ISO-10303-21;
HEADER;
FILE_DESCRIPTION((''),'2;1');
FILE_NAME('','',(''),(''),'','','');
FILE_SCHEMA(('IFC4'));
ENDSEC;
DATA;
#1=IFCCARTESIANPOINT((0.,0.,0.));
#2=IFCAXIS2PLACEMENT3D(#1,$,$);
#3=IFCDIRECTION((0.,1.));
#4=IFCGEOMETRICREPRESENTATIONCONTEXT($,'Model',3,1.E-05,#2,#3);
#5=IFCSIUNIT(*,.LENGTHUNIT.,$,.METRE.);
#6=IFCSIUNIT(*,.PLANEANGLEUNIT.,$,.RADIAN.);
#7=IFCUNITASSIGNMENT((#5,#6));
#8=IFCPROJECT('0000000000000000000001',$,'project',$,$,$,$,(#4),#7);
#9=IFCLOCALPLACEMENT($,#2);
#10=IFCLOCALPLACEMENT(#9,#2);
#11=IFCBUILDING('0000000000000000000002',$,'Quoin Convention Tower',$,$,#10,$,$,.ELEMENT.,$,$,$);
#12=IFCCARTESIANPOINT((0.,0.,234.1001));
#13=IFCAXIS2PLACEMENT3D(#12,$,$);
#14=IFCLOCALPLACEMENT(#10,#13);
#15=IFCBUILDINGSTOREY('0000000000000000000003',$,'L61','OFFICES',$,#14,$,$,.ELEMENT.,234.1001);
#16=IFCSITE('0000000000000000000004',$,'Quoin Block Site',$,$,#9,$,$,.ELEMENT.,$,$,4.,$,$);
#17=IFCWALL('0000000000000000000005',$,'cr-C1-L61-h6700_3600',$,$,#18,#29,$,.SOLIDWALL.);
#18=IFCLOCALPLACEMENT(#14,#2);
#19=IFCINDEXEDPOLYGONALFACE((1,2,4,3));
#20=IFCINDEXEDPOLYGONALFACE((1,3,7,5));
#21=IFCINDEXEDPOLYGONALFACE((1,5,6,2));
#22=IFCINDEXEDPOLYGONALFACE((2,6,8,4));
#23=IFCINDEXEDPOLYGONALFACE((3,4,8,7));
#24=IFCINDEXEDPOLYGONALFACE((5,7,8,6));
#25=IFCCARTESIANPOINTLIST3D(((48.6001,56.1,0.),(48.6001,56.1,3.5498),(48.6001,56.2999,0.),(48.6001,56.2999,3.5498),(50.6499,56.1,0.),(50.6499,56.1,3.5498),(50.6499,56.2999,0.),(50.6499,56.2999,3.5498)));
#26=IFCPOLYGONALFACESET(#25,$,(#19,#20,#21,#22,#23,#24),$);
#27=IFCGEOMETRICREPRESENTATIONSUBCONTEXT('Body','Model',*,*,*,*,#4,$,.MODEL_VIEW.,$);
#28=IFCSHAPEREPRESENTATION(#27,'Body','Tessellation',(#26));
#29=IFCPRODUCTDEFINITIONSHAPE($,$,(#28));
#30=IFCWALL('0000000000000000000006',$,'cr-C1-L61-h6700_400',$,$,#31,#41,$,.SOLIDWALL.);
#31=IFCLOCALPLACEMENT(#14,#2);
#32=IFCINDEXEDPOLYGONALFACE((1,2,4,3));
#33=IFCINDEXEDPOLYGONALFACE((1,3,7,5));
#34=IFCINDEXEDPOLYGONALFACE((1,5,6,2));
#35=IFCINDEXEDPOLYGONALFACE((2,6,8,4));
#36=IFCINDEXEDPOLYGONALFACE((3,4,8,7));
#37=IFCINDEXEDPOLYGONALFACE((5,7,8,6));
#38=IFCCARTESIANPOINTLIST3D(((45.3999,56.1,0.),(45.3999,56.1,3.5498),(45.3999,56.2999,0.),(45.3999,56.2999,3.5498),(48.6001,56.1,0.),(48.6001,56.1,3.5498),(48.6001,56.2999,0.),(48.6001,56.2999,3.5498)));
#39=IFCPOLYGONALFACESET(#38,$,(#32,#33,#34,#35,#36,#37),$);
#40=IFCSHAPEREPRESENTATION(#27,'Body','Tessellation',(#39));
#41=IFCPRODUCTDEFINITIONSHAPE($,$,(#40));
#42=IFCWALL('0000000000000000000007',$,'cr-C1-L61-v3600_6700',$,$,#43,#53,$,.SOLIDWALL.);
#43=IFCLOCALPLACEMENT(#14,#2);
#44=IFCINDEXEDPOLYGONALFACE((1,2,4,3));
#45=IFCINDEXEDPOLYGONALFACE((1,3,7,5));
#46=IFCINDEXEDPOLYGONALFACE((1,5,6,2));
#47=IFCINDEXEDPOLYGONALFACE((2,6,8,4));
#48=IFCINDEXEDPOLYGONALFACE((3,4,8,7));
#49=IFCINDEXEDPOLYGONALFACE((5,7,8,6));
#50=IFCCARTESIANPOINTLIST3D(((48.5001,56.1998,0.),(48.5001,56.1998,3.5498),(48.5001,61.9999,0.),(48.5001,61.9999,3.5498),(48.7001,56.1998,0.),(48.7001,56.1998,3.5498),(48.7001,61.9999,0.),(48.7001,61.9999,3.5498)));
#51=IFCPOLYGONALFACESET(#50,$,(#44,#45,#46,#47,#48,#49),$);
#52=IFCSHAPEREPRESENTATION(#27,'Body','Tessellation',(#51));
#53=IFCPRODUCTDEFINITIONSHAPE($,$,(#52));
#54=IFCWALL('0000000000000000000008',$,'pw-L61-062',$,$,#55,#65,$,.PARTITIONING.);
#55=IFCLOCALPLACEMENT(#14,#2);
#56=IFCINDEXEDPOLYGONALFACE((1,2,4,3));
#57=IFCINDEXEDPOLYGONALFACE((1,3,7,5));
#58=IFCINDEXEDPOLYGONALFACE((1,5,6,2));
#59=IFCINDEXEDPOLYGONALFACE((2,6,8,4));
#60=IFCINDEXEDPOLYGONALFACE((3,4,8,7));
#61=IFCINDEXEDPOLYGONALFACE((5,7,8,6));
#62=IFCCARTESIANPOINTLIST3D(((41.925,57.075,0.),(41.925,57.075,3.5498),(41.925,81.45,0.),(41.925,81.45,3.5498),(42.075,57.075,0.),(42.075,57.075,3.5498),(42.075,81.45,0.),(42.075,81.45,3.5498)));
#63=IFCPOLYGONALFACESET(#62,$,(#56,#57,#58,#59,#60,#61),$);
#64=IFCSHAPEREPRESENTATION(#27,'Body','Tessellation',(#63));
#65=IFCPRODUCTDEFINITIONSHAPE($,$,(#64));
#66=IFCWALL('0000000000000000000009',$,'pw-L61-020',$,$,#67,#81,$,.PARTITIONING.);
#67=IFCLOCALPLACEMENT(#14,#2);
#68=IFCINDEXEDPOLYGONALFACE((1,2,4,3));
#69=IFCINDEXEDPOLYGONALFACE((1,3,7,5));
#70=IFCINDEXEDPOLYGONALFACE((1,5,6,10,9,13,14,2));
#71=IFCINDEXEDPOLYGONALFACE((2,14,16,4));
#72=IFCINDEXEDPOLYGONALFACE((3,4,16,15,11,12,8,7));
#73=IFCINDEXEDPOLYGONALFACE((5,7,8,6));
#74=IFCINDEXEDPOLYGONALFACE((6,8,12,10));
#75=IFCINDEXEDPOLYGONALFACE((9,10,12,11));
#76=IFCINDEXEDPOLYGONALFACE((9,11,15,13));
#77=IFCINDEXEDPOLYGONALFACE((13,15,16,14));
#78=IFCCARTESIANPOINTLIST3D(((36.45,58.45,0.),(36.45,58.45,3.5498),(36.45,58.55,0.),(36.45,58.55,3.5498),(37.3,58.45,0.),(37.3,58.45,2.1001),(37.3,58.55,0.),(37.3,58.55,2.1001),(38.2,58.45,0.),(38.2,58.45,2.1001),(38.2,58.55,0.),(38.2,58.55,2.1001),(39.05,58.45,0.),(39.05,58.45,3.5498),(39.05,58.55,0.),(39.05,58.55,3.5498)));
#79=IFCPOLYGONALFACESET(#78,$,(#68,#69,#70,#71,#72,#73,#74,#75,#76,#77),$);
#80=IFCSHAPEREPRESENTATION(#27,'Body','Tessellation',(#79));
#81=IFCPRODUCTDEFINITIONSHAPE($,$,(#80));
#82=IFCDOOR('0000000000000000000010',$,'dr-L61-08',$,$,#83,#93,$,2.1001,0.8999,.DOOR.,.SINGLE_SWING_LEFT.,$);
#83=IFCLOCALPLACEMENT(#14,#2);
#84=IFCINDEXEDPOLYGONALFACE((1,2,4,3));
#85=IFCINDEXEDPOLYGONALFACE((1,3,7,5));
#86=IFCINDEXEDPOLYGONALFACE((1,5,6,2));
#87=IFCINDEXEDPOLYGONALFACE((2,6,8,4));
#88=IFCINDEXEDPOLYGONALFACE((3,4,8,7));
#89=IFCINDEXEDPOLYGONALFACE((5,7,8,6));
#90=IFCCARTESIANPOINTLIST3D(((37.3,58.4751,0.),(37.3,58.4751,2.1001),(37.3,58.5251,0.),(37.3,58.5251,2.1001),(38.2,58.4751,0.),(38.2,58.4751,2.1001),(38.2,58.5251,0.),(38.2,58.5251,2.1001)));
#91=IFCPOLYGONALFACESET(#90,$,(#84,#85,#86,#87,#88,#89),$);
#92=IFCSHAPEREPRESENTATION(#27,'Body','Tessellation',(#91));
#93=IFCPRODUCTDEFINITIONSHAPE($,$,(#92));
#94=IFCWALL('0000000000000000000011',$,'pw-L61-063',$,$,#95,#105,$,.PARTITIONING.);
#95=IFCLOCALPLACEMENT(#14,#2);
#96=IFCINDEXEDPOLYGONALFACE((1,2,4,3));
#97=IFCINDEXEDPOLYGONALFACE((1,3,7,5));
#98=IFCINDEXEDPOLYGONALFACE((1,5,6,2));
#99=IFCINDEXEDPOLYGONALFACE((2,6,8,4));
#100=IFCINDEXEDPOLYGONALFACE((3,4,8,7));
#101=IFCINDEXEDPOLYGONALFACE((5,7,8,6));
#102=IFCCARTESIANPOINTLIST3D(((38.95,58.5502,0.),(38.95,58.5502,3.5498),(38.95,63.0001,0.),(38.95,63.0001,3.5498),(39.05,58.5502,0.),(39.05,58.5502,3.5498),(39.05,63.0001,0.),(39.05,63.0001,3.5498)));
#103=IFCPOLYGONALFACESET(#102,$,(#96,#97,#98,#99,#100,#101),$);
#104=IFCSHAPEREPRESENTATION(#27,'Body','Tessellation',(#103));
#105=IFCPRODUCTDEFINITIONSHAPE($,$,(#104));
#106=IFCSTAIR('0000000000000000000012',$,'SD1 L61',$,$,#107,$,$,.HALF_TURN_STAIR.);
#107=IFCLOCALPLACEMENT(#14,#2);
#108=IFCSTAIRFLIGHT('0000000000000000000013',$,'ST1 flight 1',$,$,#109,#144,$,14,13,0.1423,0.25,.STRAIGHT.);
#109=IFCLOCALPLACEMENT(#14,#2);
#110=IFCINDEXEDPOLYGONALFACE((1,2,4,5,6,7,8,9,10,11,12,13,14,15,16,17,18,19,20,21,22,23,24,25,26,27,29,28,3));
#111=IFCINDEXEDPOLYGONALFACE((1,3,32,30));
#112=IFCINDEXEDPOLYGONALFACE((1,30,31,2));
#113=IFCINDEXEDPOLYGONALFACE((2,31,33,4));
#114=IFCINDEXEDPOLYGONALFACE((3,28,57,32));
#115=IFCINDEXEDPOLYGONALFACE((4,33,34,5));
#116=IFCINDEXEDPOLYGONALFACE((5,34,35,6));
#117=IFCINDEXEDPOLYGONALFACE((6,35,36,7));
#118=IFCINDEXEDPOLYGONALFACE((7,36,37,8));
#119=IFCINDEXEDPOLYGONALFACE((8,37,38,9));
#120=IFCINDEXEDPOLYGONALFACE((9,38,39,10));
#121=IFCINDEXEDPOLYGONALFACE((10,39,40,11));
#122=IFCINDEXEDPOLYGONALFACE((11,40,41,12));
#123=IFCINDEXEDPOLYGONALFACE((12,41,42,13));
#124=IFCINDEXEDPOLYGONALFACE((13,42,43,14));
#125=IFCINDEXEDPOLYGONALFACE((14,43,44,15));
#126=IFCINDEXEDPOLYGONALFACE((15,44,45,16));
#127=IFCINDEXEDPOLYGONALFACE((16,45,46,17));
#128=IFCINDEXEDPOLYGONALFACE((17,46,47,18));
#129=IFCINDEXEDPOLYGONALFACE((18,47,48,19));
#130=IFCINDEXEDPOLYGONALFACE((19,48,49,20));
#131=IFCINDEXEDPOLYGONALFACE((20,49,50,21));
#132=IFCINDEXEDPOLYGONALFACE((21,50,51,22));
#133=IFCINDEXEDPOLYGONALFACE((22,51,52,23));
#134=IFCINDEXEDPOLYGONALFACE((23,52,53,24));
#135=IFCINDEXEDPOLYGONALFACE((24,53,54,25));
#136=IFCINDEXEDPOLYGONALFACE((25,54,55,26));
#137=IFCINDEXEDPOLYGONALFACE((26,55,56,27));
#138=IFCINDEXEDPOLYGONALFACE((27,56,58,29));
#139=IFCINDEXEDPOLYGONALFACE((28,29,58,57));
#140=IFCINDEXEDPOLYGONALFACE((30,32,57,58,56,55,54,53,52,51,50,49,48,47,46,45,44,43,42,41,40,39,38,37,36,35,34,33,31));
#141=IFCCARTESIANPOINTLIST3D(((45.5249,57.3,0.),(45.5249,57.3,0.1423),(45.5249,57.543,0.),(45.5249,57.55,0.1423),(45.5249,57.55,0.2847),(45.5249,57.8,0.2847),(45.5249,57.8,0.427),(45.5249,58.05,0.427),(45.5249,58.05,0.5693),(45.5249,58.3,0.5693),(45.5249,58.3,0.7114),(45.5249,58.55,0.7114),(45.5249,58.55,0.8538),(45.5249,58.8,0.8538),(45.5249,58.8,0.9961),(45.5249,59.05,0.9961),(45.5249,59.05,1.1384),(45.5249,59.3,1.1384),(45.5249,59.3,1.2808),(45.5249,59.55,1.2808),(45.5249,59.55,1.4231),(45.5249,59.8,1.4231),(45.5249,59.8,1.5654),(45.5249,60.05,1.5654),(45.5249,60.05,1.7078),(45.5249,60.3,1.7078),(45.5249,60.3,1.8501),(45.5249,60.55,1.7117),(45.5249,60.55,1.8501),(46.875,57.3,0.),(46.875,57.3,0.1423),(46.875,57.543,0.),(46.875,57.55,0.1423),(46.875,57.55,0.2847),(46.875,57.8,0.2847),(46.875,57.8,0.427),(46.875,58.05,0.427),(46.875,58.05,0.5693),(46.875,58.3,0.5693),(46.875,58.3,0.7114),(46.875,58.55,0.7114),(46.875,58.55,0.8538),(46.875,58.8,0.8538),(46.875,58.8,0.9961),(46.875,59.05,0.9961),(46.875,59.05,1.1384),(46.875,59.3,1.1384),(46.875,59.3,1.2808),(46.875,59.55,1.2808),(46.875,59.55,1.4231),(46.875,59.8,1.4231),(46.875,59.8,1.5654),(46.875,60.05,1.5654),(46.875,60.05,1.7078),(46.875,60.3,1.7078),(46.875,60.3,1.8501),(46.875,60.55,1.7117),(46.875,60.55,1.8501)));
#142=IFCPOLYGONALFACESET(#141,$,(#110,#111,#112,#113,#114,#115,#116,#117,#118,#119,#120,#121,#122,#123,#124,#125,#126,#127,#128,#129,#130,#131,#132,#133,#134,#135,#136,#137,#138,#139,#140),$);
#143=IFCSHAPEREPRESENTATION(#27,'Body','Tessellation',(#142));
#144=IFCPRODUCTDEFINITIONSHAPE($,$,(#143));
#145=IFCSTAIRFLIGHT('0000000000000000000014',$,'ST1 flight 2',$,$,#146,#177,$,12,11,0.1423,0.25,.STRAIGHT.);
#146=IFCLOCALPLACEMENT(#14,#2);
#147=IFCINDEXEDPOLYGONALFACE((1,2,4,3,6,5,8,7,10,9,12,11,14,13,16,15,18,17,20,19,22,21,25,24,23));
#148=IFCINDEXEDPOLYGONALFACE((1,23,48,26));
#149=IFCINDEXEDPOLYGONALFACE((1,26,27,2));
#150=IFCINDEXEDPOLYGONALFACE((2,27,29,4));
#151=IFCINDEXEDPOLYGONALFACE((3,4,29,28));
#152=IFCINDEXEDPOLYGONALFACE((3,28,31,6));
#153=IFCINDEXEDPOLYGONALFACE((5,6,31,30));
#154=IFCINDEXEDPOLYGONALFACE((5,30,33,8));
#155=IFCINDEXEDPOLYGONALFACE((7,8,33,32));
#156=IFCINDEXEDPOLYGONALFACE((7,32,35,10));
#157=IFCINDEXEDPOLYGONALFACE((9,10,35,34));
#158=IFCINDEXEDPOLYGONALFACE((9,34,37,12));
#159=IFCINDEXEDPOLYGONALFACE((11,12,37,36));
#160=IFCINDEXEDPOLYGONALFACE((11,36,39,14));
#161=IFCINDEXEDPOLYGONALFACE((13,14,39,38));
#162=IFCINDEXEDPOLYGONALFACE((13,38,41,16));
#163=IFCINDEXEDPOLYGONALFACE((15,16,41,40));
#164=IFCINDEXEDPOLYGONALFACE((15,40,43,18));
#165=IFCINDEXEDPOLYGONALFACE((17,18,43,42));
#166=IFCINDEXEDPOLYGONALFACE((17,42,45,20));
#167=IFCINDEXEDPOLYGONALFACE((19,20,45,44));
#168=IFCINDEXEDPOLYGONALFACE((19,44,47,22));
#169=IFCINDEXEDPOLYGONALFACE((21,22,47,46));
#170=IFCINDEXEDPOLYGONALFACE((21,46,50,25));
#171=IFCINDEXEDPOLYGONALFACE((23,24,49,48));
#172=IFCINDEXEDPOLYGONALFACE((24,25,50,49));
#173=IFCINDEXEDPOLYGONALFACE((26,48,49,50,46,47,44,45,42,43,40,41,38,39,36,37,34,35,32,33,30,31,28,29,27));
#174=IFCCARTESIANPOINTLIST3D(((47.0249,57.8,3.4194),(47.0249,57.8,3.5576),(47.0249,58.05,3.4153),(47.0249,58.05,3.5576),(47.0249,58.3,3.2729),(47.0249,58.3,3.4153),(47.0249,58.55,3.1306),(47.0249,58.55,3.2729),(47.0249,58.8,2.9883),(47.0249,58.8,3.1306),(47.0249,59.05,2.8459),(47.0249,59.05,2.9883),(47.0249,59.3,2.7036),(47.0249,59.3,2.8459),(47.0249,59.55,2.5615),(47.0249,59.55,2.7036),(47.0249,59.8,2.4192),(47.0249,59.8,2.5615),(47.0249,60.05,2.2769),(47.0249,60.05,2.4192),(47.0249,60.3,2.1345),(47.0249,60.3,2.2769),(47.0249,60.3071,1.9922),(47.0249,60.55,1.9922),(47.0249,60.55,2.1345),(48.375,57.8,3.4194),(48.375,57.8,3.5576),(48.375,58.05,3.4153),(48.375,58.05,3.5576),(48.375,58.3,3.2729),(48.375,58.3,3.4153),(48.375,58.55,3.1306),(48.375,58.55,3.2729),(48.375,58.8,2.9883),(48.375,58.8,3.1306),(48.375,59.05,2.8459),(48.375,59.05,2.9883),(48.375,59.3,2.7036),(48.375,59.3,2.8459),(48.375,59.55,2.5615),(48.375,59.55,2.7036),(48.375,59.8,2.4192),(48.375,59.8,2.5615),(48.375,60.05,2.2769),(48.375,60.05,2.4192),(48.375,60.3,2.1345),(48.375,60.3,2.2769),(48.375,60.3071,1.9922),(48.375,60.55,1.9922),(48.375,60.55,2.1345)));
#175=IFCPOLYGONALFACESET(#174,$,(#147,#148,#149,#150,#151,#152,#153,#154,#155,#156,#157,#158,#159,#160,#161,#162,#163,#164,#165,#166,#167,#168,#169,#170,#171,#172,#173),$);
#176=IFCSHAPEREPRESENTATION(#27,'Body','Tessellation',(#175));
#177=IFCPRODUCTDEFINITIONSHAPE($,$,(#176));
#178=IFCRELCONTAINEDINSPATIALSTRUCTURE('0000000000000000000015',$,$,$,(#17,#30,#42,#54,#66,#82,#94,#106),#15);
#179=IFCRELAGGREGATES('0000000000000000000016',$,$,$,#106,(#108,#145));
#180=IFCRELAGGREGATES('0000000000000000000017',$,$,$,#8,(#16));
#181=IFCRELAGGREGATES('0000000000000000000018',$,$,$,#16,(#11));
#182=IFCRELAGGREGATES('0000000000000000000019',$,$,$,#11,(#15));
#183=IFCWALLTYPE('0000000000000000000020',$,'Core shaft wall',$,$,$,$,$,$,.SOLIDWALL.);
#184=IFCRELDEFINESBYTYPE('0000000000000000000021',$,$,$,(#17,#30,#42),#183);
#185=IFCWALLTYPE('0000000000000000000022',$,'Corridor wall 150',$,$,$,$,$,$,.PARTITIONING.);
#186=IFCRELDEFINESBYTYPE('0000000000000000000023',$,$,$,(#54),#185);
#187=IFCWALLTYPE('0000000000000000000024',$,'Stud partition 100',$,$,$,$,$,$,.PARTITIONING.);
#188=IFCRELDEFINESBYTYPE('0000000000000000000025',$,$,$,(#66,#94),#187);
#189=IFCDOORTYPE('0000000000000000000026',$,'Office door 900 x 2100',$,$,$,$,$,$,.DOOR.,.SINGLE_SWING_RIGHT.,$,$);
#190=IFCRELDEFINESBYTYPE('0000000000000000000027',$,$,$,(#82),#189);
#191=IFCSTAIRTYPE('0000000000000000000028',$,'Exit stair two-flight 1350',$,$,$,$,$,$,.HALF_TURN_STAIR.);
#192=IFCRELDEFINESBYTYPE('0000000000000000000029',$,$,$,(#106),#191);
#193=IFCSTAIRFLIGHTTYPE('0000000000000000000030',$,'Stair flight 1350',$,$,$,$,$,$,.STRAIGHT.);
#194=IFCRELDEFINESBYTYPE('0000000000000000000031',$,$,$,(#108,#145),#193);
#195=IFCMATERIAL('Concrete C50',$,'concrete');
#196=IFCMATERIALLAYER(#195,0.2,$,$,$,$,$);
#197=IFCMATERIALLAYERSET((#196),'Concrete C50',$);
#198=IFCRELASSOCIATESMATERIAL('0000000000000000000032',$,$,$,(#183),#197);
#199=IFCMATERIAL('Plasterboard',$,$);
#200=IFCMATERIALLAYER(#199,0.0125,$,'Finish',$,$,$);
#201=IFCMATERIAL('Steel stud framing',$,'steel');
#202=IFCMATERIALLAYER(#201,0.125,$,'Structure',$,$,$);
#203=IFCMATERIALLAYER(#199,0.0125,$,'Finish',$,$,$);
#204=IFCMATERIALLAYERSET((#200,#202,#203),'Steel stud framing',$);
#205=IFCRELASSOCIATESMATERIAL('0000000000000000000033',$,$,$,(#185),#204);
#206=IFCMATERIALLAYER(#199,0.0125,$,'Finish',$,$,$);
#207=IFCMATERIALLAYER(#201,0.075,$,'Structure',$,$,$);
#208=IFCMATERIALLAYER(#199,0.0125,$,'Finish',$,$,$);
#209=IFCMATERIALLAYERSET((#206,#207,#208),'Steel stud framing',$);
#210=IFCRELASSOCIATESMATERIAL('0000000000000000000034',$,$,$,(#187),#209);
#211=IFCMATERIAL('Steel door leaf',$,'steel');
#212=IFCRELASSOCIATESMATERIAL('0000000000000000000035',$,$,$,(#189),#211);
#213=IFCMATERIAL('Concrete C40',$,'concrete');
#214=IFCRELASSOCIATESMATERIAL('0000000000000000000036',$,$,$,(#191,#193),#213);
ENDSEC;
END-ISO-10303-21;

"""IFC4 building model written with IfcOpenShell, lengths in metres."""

from ifc_helpers import new_model, si_unit, direction, frame, frame_2d, origin, place, context, subcontext, project, spatial, polyline, rectangle, outline, extrude, material, layer, layer_set, type_object, element, fill, aggregate, save


model = new_model("IFC4")

# Units and contexts
model_context = context("Model", 3, precision=1e-05, world=origin(), true_north=direction((0.0, 1.0)))
body_context = subcontext(model_context, "Body", "Model", "MODEL_VIEW")
ifc_project = project(units=[si_unit("LENGTHUNIT", "METRE"), si_unit("PLANEANGLEUNIT", "RADIAN")], contexts=[model_context])

# Site, building, storey
site_placement = place(None, origin())
site = spatial("IfcSite", under=ifc_project, at=site_placement, Name="Quoin Block Site", CompositionType="ELEMENT", RefElevation=4.0)
building_placement = place(site_placement, origin())
building = spatial("IfcBuilding", under=site, at=building_placement, Name="Quoin Convention Tower", CompositionType="ELEMENT")
storey_placement = place(building_placement, frame((0.0, 0.0, 234.1001)))
storey = spatial("IfcBuildingStorey", under=building, at=storey_placement, Name="L61", Description="OFFICES", CompositionType="ELEMENT", Elevation=234.1001)

# Walls
ifc_material_1 = material(Name="Concrete C50", Category="concrete")
ifc_layer_1 = layer(ifc_material_1, 0.2)
ifc_layer_set_1 = layer_set([ifc_layer_1], Name="Concrete C50")
wall_type_1 = type_object("IfcWallType", Name="Core shaft wall", PredefinedType="SOLIDWALL", material=ifc_layer_set_1)
wall_1_placement = place(storey_placement, frame((48.6001, 56.2, 0.0), z_axis=(0.0, 0.0, 1.0), x_axis=(1.0, 0.0, 0.0)))
element("IfcWall", 1, at=wall_1_placement, inside=storey, type_object=wall_type_1, Name="cr-C1-L61-h6700_3600", PredefinedType="SOLIDWALL", context=body_context, shape_type="SweptSolid", body=[
    extrude(rectangle(XDim=2.0498, YDim=0.2, at=frame_2d((1.0249, 0.0))), origin(), (0.0, 0.0, 1.0), 3.5498),
])
wall_2_placement = place(storey_placement, frame((45.3999, 56.2, 0.0), z_axis=(0.0, 0.0, 1.0), x_axis=(1.0, 0.0, 0.0)))
element("IfcWall", 2, at=wall_2_placement, inside=storey, type_object=wall_type_1, Name="cr-C1-L61-h6700_400", PredefinedType="SOLIDWALL", context=body_context, shape_type="SweptSolid", body=[
    extrude(rectangle(XDim=3.2002, YDim=0.2, at=frame_2d((1.6001, 0.0))), origin(), (0.0, 0.0, 1.0), 3.5498),
])
wall_3_placement = place(storey_placement, frame((48.6001, 56.2, 0.0), z_axis=(0.0, 0.0, 1.0), x_axis=(0.0, 1.0, 0.0)))
element("IfcWall", 3, at=wall_3_placement, inside=storey, type_object=wall_type_1, Name="cr-C1-L61-v3600_6700", PredefinedType="SOLIDWALL", context=body_context, shape_type="SweptSolid", body=[
    extrude(rectangle(XDim=5.8, YDim=0.2, at=frame_2d((2.8999, 0.0))), origin(), (0.0, 0.0, 1.0), 3.5498),
])
ifc_material_2 = material(Name="Plasterboard")
ifc_layer_2 = layer(ifc_material_2, 0.0125, Name="Finish")
ifc_material_3 = material(Name="Steel stud framing", Category="steel")
ifc_layer_3 = layer(ifc_material_3, 0.125, Name="Structure")
ifc_layer_4 = layer(ifc_material_2, 0.0125, Name="Finish")
ifc_layer_set_2 = layer_set([ifc_layer_2, ifc_layer_3, ifc_layer_4], Name="Steel stud framing")
wall_type_2 = type_object("IfcWallType", Name="Corridor wall 150", PredefinedType="PARTITIONING", material=ifc_layer_set_2)
wall_4_placement = place(storey_placement, frame((42.0, 57.075, 0.0), z_axis=(0.0, 0.0, 1.0), x_axis=(0.0, 1.0, 0.0)))
element("IfcWall", 4, at=wall_4_placement, inside=storey, type_object=wall_type_2, Name="pw-L61-062", PredefinedType="PARTITIONING", context=body_context, shape_type="SweptSolid", body=[
    extrude(rectangle(XDim=24.375, YDim=0.1499, at=frame_2d((12.1875, 0.0))), origin(), (0.0, 0.0, 1.0), 3.5498),
])

# Wall, opening, door
ifc_layer_5 = layer(ifc_material_2, 0.0125, Name="Finish")
ifc_layer_6 = layer(ifc_material_3, 0.075, Name="Structure")
ifc_layer_7 = layer(ifc_material_2, 0.0125, Name="Finish")
ifc_layer_set_3 = layer_set([ifc_layer_5, ifc_layer_6, ifc_layer_7], Name="Steel stud framing")
wall_type_3 = type_object("IfcWallType", Name="Stud partition 100", PredefinedType="PARTITIONING", material=ifc_layer_set_3)
wall_5_placement = place(storey_placement, frame((36.45, 58.5, 0.0), z_axis=(0.0, 0.0, 1.0), x_axis=(1.0, 0.0, 0.0)))
wall_5 = element("IfcWall", 5, at=wall_5_placement, inside=storey, type_object=wall_type_3, Name="pw-L61-020", PredefinedType="PARTITIONING", context=body_context, shape_type="SweptSolid", body=[
    extrude(rectangle(XDim=2.6001, YDim=0.1001, at=frame_2d((1.3, 0.0))), origin(), (0.0, 0.0, 1.0), 3.5498),
])
opening_placement = place(wall_5_placement, frame((0.8501, 0.0, 0.0)))
opening = element("IfcOpeningElement", 6, at=opening_placement, cuts=wall_5, PredefinedType="OPENING", context=body_context, shape_type="SweptSolid", body=[
    extrude(rectangle(XDim=0.8999, YDim=2.1001, at=frame_2d((0.45, 1.05))), frame((0.0, 0.0601, 0.0), z_axis=(0.0, -1.0, 0.0), x_axis=(1.0, 0.0, 0.0)), (0.0, 0.0, 1.0), 0.1201),
])
ifc_material_4 = material(Name="Steel door leaf", Category="steel")
door_type = type_object("IfcDoorType", Name="Office door 900 x 2100", OperationType="SINGLE_SWING_RIGHT", PredefinedType="DOOR", material=ifc_material_4)
door_placement = place(opening_placement, frame((0.8999, 0.0, 0.0), z_axis=(0.0, 0.0, 1.0), x_axis=(-1.0, 0.0, 0.0)))
door = element("IfcDoor", 7, at=door_placement, inside=storey, type_object=door_type, Name="dr-L61-08", OperationType="SINGLE_SWING_LEFT", OverallHeight=2.1001, OverallWidth=0.8999, PredefinedType="DOOR", context=body_context, shape_type="SweptSolid", body=[
    extrude(rectangle(XDim=0.8999, YDim=2.1001, at=frame_2d((0.45, 1.05))), frame((0.0, 0.0249, 0.0), z_axis=(0.0, -1.0, 0.0), x_axis=(1.0, 0.0, 0.0)), (0.0, 0.0, 1.0), 0.05),
])
fill(opening, door)

# Wall
wall_6_placement = place(storey_placement, frame((39.0, 58.55, 0.0), z_axis=(0.0, 0.0, 1.0), x_axis=(0.0, 1.0, 0.0)))
element("IfcWall", 8, at=wall_6_placement, inside=storey, type_object=wall_type_3, Name="pw-L61-063", PredefinedType="PARTITIONING", context=body_context, shape_type="SweptSolid", body=[
    extrude(rectangle(XDim=4.45, YDim=0.1001, at=frame_2d((2.2251, 0.0))), origin(), (0.0, 0.0, 1.0), 3.5498),
])

# Stair, stair flights
ifc_material_5 = material(Name="Concrete C40", Category="concrete")
stair_type = type_object("IfcStairType", Name="Exit stair two-flight 1350", PredefinedType="HALF_TURN_STAIR", material=ifc_material_5)
stair_placement = place(storey_placement, origin())
stair = element("IfcStair", 9, at=stair_placement, inside=storey, type_object=stair_type, Name="SD1 L61", PredefinedType="HALF_TURN_STAIR")
stair_flight_type = type_object("IfcStairFlightType", Name="Stair flight 1350", PredefinedType="STRAIGHT", material=ifc_material_5)
stair_flight_1_placement = place(storey_placement, frame((46.2, 57.3, 0.0), z_axis=(0.0, 0.0, 1.0), x_axis=(0.0, 1.0, 0.0)))
stair_flight_1 = element("IfcStairFlight", 10, at=stair_flight_1_placement, type_object=stair_flight_type, Name="ST1 flight 1", NumberOfRisers=14, NumberOfTreads=13, PredefinedType="STRAIGHT", RiserHeight=0.1423, TreadLength=0.25, context=body_context, shape_type="SweptSolid", body=[
    extrude(outline(polyline([(0.0, 0.0), (0.0, 0.1423), (0.25, 0.1423), (0.25, 0.2847), (0.5, 0.2847), (0.5, 0.427), (0.75, 0.427), (0.75, 0.5693), (1.0, 0.5693), (1.0, 0.7114), (1.25, 0.7114), (1.25, 0.8538), (1.5, 0.8538), (1.5, 0.9961), (1.75, 0.9961), (1.75, 1.1384), (2.0, 1.1384), (2.0, 1.2808), (2.25, 1.2808), (2.25, 1.4231), (2.5, 1.4231), (2.5, 1.5654), (2.75, 1.5654), (2.75, 1.7078), (3.0, 1.7078), (3.0, 1.8501), (3.25, 1.8501), (3.25, 1.9922), (3.25, 1.7117), (0.2429, 0.0), (0.0, 0.0)])), frame((0.0, 0.675, 0.0), z_axis=(0.0, -1.0, 0.0), x_axis=(1.0, 0.0, 0.0)), (0.0, 0.0, 1.0), 1.3501),
])
stair_flight_2_placement = place(storey_placement, frame((47.7, 60.55, 1.9922), z_axis=(0.0, 0.0, 1.0), x_axis=(0.0, -1.0, 0.0)))
stair_flight_2 = element("IfcStairFlight", 11, at=stair_flight_2_placement, type_object=stair_flight_type, Name="ST1 flight 2", NumberOfRisers=12, NumberOfTreads=11, PredefinedType="STRAIGHT", RiserHeight=0.1423, TreadLength=0.25, context=body_context, shape_type="SweptSolid", body=[
    extrude(outline(polyline([(0.0, 0.0), (0.0, 0.1423), (0.25, 0.1423), (0.25, 0.2847), (0.5, 0.2847), (0.5, 0.427), (0.75, 0.427), (0.75, 0.5693), (1.0, 0.5693), (1.0, 0.7114), (1.25, 0.7114), (1.25, 0.8538), (1.5, 0.8538), (1.5, 0.9961), (1.75, 0.9961), (1.75, 1.1384), (2.0, 1.1384), (2.0, 1.2808), (2.25, 1.2808), (2.25, 1.4231), (2.5, 1.4231), (2.5, 1.5654), (2.75, 1.5654), (2.75, 1.7078), (2.75, 1.4272), (0.2429, 0.0), (0.0, 0.0)])), frame((0.0, 0.675, 0.0), z_axis=(0.0, -1.0, 0.0), x_axis=(1.0, 0.0, 0.0)), (0.0, 0.0, 1.0), 1.3501),
])
aggregate(stair, [stair_flight_1, stair_flight_2])

save(model, "model.ifc")
